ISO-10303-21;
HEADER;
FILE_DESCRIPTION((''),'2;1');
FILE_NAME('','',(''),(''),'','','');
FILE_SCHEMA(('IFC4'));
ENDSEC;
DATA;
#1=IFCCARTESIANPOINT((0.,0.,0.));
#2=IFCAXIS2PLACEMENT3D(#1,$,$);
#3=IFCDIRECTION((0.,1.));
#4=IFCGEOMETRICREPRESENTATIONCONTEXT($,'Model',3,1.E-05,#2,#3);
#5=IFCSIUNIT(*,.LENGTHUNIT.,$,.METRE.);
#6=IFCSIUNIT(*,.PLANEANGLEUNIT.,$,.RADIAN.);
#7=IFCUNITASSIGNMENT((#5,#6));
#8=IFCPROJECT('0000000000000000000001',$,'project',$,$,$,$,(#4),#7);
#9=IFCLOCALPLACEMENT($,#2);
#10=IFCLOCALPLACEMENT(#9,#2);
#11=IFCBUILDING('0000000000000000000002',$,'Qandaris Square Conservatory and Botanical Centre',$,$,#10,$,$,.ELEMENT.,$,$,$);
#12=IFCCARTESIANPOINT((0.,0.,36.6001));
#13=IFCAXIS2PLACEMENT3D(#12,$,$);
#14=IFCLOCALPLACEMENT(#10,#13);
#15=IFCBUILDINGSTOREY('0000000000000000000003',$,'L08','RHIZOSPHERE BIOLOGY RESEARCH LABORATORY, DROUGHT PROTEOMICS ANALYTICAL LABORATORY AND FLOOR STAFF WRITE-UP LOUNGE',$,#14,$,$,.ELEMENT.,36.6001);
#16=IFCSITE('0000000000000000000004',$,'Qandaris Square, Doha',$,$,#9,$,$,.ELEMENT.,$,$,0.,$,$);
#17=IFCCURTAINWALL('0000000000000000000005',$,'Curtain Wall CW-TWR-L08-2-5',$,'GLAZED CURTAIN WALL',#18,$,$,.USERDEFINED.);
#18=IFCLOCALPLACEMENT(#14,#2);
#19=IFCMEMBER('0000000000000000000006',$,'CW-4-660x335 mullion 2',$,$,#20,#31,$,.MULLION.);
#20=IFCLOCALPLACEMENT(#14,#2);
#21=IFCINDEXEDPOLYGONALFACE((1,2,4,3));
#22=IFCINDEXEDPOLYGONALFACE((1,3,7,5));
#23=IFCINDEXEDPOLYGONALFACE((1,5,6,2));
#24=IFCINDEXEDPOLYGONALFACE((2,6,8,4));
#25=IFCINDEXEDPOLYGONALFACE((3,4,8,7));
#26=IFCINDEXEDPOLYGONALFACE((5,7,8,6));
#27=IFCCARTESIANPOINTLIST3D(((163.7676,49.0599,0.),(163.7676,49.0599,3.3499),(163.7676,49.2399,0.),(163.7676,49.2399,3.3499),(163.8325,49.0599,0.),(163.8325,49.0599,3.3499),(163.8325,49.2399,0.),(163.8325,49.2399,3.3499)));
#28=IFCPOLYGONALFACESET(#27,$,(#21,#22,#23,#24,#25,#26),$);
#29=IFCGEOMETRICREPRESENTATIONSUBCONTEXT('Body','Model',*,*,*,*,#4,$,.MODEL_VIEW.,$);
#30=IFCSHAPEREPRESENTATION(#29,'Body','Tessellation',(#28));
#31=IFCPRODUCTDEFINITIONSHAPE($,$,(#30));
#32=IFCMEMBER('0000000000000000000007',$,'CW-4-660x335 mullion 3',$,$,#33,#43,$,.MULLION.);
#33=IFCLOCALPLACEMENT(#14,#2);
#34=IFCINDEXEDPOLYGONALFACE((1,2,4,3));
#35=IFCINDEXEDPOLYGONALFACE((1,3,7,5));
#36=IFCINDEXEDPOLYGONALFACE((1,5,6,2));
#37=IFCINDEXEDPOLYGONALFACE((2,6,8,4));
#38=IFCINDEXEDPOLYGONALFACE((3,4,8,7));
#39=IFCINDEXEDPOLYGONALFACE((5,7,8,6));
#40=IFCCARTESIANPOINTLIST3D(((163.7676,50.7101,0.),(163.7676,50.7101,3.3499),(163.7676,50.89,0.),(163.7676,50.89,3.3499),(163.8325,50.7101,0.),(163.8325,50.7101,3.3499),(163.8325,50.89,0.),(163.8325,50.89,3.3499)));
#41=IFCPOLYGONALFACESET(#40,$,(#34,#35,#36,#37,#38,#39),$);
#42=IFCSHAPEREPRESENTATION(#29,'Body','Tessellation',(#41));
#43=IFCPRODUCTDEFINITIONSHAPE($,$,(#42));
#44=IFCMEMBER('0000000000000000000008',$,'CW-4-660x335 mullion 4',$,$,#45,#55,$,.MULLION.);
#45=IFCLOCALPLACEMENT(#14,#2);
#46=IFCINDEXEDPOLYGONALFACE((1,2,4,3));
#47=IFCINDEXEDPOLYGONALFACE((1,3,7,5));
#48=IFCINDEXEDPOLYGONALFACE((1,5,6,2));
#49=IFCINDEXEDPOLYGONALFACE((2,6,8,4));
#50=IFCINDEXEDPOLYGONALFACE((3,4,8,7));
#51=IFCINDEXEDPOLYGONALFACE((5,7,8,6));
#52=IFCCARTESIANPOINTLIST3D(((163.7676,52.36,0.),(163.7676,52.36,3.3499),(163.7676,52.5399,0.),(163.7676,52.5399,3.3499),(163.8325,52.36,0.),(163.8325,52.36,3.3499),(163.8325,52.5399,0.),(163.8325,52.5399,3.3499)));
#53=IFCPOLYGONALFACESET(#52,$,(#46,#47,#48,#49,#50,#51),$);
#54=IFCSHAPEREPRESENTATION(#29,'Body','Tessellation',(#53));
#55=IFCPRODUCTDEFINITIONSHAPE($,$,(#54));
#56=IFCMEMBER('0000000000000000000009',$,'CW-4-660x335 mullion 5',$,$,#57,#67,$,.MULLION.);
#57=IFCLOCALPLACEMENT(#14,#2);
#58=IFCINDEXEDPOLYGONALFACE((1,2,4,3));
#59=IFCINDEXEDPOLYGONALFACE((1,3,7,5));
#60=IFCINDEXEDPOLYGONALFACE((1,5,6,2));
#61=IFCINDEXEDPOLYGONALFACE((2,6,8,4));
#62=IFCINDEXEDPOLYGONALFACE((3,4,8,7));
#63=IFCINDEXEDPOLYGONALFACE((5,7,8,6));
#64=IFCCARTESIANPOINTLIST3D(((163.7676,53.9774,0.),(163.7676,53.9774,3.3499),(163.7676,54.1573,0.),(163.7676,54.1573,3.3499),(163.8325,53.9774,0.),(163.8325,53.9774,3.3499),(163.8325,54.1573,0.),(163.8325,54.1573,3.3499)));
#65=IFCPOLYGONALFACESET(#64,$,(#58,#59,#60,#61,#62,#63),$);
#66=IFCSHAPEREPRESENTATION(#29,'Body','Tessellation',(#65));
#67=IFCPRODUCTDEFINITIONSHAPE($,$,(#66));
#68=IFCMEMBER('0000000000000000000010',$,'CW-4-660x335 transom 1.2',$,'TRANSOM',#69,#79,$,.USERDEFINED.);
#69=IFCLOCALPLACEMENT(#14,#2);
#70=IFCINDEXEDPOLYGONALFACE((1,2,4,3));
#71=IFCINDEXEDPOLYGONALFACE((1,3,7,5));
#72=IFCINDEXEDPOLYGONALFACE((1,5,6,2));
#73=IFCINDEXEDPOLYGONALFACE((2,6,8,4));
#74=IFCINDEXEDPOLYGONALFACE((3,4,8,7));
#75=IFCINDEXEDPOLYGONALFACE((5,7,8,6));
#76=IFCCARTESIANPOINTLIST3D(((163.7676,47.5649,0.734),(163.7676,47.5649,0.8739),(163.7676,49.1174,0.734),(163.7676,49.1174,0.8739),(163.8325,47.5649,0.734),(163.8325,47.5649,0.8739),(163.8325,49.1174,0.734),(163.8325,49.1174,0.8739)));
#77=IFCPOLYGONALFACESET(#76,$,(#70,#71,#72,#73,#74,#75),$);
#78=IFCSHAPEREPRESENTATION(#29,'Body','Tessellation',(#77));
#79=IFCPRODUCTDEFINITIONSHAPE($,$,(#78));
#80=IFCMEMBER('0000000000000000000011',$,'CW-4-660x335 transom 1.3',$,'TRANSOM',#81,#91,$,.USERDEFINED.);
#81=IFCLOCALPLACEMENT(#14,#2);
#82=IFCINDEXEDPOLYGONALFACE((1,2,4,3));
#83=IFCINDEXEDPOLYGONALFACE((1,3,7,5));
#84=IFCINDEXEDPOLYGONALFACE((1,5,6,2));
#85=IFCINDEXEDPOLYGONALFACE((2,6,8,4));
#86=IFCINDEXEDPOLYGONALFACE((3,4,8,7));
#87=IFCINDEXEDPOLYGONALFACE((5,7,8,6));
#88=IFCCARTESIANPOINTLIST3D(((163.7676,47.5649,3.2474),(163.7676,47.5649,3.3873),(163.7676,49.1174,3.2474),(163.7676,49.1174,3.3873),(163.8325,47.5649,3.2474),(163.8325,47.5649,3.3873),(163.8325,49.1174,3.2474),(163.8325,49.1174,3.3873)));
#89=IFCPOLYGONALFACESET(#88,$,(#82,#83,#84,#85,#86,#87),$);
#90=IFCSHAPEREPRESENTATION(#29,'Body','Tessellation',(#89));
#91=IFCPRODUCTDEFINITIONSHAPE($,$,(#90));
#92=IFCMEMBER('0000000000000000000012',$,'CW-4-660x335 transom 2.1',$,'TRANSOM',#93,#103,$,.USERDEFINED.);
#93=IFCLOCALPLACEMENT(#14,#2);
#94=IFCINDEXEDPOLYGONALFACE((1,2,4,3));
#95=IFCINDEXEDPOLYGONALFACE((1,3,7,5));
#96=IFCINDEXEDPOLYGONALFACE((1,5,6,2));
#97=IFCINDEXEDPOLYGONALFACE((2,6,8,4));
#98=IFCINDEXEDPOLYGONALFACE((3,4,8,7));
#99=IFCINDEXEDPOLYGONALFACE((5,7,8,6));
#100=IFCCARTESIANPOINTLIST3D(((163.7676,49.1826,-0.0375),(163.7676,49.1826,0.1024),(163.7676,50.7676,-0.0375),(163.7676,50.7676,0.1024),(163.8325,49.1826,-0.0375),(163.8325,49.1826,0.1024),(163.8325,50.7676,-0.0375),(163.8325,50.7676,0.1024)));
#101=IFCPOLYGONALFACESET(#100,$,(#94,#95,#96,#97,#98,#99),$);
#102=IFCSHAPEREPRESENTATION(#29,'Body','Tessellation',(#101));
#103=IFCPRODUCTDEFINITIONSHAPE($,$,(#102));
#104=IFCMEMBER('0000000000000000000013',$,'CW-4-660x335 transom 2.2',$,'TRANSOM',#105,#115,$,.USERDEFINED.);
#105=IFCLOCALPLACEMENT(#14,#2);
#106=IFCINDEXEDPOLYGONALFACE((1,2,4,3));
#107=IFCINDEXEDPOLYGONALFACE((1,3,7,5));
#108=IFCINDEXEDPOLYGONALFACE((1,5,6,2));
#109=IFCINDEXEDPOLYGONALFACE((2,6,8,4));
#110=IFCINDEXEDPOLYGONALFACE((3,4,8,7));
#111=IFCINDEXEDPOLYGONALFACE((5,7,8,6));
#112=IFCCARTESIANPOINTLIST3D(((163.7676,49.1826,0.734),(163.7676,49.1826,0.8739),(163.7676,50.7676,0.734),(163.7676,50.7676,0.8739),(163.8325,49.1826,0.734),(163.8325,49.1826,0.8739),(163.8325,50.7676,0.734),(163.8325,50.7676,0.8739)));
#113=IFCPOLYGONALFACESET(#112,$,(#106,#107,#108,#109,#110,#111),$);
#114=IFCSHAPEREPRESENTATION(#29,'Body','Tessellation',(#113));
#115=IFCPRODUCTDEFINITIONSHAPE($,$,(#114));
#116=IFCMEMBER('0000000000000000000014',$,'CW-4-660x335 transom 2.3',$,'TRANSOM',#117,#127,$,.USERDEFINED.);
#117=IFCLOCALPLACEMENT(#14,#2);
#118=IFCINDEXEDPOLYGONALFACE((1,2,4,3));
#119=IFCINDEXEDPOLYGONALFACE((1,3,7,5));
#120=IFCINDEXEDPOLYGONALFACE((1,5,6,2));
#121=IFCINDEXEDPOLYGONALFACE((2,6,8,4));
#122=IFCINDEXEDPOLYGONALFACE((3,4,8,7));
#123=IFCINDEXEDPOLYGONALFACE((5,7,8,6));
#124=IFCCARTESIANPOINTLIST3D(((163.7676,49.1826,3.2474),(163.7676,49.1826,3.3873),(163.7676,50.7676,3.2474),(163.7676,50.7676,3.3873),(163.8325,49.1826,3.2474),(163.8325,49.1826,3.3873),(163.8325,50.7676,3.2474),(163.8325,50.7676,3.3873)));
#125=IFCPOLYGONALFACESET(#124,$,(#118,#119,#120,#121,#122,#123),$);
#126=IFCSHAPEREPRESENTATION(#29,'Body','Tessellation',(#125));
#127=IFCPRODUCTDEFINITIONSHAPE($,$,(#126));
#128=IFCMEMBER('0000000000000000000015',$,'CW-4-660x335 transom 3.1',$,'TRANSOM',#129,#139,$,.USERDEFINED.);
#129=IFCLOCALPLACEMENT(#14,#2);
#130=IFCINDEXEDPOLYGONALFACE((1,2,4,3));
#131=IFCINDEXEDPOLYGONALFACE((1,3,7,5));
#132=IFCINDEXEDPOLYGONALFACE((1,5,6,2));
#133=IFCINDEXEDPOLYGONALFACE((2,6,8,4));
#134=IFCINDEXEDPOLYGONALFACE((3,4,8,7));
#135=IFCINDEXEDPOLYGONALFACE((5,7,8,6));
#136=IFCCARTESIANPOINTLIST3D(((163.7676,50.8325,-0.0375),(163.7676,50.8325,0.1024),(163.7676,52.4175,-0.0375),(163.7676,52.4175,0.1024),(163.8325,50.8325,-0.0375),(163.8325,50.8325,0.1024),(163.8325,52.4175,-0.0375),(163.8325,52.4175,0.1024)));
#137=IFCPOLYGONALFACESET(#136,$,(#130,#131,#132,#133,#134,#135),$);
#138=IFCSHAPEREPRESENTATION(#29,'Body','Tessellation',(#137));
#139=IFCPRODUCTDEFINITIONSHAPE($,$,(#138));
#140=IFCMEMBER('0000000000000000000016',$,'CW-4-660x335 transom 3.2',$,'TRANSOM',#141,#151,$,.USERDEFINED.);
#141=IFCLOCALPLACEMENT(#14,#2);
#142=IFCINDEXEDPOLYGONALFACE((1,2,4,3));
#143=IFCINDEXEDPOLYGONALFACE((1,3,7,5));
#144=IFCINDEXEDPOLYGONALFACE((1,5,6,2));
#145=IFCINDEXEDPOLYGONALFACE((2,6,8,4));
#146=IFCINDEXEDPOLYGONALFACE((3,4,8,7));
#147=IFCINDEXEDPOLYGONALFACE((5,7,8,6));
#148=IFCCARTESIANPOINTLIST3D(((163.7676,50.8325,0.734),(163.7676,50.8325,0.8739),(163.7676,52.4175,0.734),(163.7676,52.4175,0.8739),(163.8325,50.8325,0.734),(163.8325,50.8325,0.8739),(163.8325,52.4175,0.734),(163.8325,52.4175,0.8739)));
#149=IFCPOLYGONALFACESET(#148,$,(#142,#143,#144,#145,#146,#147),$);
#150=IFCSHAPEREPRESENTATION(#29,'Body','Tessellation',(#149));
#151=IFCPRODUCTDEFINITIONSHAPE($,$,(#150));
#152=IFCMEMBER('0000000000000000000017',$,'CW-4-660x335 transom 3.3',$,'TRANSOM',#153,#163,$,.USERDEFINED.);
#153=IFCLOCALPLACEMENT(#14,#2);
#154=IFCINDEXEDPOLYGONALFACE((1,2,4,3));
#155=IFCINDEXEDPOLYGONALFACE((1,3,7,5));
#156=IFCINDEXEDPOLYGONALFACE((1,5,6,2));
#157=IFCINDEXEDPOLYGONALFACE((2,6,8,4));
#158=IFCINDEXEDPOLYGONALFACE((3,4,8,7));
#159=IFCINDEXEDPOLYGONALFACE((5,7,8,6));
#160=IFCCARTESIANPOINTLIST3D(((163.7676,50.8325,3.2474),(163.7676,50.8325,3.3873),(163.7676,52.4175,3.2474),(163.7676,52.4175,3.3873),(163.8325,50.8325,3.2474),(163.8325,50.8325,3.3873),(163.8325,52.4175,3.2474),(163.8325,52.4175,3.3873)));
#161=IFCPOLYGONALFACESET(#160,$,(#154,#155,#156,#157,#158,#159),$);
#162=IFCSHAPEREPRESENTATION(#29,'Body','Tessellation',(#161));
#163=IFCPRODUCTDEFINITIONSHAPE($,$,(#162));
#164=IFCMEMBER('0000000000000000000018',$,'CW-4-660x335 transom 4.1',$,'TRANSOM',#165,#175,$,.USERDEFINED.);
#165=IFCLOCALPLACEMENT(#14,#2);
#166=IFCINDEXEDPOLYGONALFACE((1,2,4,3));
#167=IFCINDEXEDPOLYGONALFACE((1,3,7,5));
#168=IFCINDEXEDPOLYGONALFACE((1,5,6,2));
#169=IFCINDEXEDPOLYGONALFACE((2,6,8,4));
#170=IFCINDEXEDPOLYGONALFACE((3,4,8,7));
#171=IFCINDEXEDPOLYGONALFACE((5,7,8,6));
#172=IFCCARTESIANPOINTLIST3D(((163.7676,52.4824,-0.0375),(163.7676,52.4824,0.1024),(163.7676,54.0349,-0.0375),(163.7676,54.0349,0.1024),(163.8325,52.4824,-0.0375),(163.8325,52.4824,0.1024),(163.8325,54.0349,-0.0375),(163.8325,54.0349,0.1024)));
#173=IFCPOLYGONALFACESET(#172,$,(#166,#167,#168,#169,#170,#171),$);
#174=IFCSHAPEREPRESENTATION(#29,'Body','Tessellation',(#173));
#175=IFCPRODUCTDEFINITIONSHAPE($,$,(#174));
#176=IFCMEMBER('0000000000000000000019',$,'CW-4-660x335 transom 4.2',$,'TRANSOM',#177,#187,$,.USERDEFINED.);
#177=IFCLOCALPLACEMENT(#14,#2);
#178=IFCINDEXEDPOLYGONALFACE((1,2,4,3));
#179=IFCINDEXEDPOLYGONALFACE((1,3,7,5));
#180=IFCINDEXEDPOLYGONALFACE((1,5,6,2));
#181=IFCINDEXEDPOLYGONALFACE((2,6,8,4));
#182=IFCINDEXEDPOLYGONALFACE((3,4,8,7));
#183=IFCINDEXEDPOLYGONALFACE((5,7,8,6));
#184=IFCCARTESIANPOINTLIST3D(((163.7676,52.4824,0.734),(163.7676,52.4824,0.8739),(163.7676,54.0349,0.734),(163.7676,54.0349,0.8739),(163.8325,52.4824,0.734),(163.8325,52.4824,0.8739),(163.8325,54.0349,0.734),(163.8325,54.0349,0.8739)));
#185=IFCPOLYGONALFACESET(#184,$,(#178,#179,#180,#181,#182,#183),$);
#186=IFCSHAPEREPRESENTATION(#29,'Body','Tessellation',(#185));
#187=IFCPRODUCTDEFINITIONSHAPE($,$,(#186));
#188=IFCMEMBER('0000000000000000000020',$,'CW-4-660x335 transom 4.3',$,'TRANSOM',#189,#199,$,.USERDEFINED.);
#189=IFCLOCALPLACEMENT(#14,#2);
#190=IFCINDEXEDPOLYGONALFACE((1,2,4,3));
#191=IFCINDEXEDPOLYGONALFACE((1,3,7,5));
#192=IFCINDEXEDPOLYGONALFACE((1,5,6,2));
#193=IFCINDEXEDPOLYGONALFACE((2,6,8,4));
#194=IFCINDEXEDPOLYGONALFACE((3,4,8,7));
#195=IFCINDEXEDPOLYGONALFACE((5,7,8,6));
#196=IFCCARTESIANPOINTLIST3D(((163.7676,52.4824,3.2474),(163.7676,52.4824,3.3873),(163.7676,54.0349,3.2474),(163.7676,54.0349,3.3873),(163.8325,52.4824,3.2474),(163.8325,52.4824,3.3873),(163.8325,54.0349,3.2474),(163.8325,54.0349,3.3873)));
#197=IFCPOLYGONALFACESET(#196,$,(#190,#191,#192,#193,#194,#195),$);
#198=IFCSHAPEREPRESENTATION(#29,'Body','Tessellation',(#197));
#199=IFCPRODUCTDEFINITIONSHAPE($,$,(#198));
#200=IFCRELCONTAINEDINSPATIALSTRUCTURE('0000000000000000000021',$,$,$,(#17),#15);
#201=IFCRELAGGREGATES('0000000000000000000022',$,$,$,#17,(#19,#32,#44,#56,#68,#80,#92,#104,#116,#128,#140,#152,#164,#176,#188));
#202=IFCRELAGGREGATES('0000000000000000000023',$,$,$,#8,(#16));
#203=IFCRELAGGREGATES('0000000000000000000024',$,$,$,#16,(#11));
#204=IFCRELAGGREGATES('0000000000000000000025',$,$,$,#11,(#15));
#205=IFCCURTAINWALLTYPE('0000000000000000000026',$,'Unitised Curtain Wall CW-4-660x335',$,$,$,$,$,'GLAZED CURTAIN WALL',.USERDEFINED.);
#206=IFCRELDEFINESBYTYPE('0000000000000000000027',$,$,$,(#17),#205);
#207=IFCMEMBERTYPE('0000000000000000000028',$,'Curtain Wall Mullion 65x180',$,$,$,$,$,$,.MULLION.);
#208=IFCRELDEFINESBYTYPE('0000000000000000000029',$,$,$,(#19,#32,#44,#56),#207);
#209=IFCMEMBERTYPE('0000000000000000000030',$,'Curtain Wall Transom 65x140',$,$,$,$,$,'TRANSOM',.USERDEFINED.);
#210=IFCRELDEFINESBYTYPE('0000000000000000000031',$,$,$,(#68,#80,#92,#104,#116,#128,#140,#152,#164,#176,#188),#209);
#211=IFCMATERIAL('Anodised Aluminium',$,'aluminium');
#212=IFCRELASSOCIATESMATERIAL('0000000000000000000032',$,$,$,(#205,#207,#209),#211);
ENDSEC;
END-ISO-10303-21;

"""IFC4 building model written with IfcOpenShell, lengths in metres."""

from ifc_helpers import new_model, si_unit, direction, frame, origin, origin_2d, place, context, subcontext, project, spatial, rectangle, extrude, material, material_profile, profile_set, type_object, element, aggregate, save


model = new_model("IFC4")

# Units and contexts
model_context = context("Model", 3, precision=1e-05, world=origin(), true_north=direction((0.0, 1.0)))
body_context = subcontext(model_context, "Body", "Model", "MODEL_VIEW")
ifc_project = project(units=[si_unit("LENGTHUNIT", "METRE"), si_unit("PLANEANGLEUNIT", "RADIAN")], contexts=[model_context])

# Site, building, storey
site_placement = place(None, origin())
site = spatial("IfcSite", under=ifc_project, at=site_placement, Name="Qandaris Square, Doha", CompositionType="ELEMENT", RefElevation=0.0)
building_placement = place(site_placement, origin())
building = spatial("IfcBuilding", under=site, at=building_placement, Name="Qandaris Square Conservatory and Botanical Centre", CompositionType="ELEMENT")
storey_placement = place(building_placement, frame((0.0, 0.0, 36.6001)))
storey = spatial("IfcBuildingStorey", under=building, at=storey_placement, Name="L08", Description="RHIZOSPHERE BIOLOGY RESEARCH LABORATORY, DROUGHT PROTEOMICS ANALYTICAL LABORATORY AND FLOOR STAFF WRITE-UP LOUNGE", CompositionType="ELEMENT", Elevation=36.6001)

# Curtain wall, members
ifc_material_1 = material(Name="Anodised Aluminium", Category="aluminium")
curtain_wall_type = type_object("IfcCurtainWallType", Name="Unitised Curtain Wall CW-4-660x335", ElementType="GLAZED CURTAIN WALL", PredefinedType="USERDEFINED", material=ifc_material_1)
curtain_wall_placement = place(storey_placement, origin())
curtain_wall = element("IfcCurtainWall", 1, at=curtain_wall_placement, inside=storey, type_object=curtain_wall_type, Name="Curtain Wall CW-TWR-L08-2-5", ObjectType="GLAZED CURTAIN WALL", PredefinedType="USERDEFINED")
ifc_material_profile_1 = material_profile(ifc_material_1, rectangle(XDim=0.0649, YDim=0.1799, at=origin_2d()), Name="ALU-MUL 65x180")
ifc_profile_set_1 = profile_set([ifc_material_profile_1], Name="Anodised Aluminium")
member_type_1 = type_object("IfcMemberType", Name="Curtain Wall Mullion 65x180", PredefinedType="MULLION", material=ifc_profile_set_1)
member_1_placement = place(storey_placement, frame((163.8, 49.1499, 0.0), z_axis=(0.0, 0.0, 1.0), x_axis=(-1.0, 0.0, 0.0)))
member_1 = element("IfcMember", 2, at=member_1_placement, type_object=member_type_1, Name="CW-4-660x335 mullion 2", PredefinedType="MULLION", context=body_context, shape_type="SweptSolid", body=[
    extrude(rectangle(XDim=0.0649, YDim=0.1799, at=origin_2d()), origin(), (0.0, 0.0, 1.0), 3.3499),
])
member_2_placement = place(storey_placement, frame((163.8, 50.8, 0.0), z_axis=(0.0, 0.0, 1.0), x_axis=(-1.0, 0.0, 0.0)))
member_2 = element("IfcMember", 3, at=member_2_placement, type_object=member_type_1, Name="CW-4-660x335 mullion 3", PredefinedType="MULLION", context=body_context, shape_type="SweptSolid", body=[
    extrude(rectangle(XDim=0.0649, YDim=0.1799, at=origin_2d()), origin(), (0.0, 0.0, 1.0), 3.3499),
])
member_3_placement = place(storey_placement, frame((163.8, 52.45, 0.0), z_axis=(0.0, 0.0, 1.0), x_axis=(-1.0, 0.0, 0.0)))
member_3 = element("IfcMember", 4, at=member_3_placement, type_object=member_type_1, Name="CW-4-660x335 mullion 4", PredefinedType="MULLION", context=body_context, shape_type="SweptSolid", body=[
    extrude(rectangle(XDim=0.0649, YDim=0.1799, at=origin_2d()), origin(), (0.0, 0.0, 1.0), 3.3499),
])
member_4_placement = place(storey_placement, frame((163.8, 54.0674, 0.0), z_axis=(0.0, 0.0, 1.0), x_axis=(-1.0, 0.0, 0.0)))
member_4 = element("IfcMember", 5, at=member_4_placement, type_object=member_type_1, Name="CW-4-660x335 mullion 5", PredefinedType="MULLION", context=body_context, shape_type="SweptSolid", body=[
    extrude(rectangle(XDim=0.0649, YDim=0.1799, at=origin_2d()), origin(), (0.0, 0.0, 1.0), 3.3499),
])
ifc_material_profile_2 = material_profile(ifc_material_1, rectangle(XDim=0.0649, YDim=0.1399, at=origin_2d()), Name="ALU-TRN 65x140")
ifc_profile_set_2 = profile_set([ifc_material_profile_2], Name="Anodised Aluminium")
member_type_2 = type_object("IfcMemberType", Name="Curtain Wall Transom 65x140", ElementType="TRANSOM", PredefinedType="USERDEFINED", material=ifc_profile_set_2)
member_5_placement = place(storey_placement, frame((163.8, 47.5649, 0.804), z_axis=(0.0, 1.0, 0.0), x_axis=(-1.0, 0.0, 0.0)))
member_5 = element("IfcMember", 6, at=member_5_placement, type_object=member_type_2, Name="CW-4-660x335 transom 1.2", ObjectType="TRANSOM", PredefinedType="USERDEFINED", context=body_context, shape_type="SweptSolid", body=[
    extrude(rectangle(XDim=0.0649, YDim=0.1399, at=origin_2d()), origin(), (0.0, 0.0, 1.0), 1.5525),
])
member_6_placement = place(storey_placement, frame((163.8, 47.5649, 3.3174), z_axis=(0.0, 1.0, 0.0), x_axis=(-1.0, 0.0, 0.0)))
member_6 = element("IfcMember", 7, at=member_6_placement, type_object=member_type_2, Name="CW-4-660x335 transom 1.3", ObjectType="TRANSOM", PredefinedType="USERDEFINED", context=body_context, shape_type="SweptSolid", body=[
    extrude(rectangle(XDim=0.0649, YDim=0.1399, at=origin_2d()), origin(), (0.0, 0.0, 1.0), 1.5525),
])
member_7_placement = place(storey_placement, frame((163.8, 49.1826, 0.0325), z_axis=(0.0, 1.0, 0.0), x_axis=(-1.0, 0.0, 0.0)))
member_7 = element("IfcMember", 8, at=member_7_placement, type_object=member_type_2, Name="CW-4-660x335 transom 2.1", ObjectType="TRANSOM", PredefinedType="USERDEFINED", context=body_context, shape_type="SweptSolid", body=[
    extrude(rectangle(XDim=0.0649, YDim=0.1399, at=origin_2d()), origin(), (0.0, 0.0, 1.0), 1.585),
])
member_8_placement = place(storey_placement, frame((163.8, 49.1826, 0.804), z_axis=(0.0, 1.0, 0.0), x_axis=(-1.0, 0.0, 0.0)))
member_8 = element("IfcMember", 9, at=member_8_placement, type_object=member_type_2, Name="CW-4-660x335 transom 2.2", ObjectType="TRANSOM", PredefinedType="USERDEFINED", context=body_context, shape_type="SweptSolid", body=[
    extrude(rectangle(XDim=0.0649, YDim=0.1399, at=origin_2d()), origin(), (0.0, 0.0, 1.0), 1.585),
])
member_9_placement = place(storey_placement, frame((163.8, 49.1826, 3.3174), z_axis=(0.0, 1.0, 0.0), x_axis=(-1.0, 0.0, 0.0)))
member_9 = element("IfcMember", 10, at=member_9_placement, type_object=member_type_2, Name="CW-4-660x335 transom 2.3", ObjectType="TRANSOM", PredefinedType="USERDEFINED", context=body_context, shape_type="SweptSolid", body=[
    extrude(rectangle(XDim=0.0649, YDim=0.1399, at=origin_2d()), origin(), (0.0, 0.0, 1.0), 1.585),
])
member_10_placement = place(storey_placement, frame((163.8, 50.8325, 0.0325), z_axis=(0.0, 1.0, 0.0), x_axis=(-1.0, 0.0, 0.0)))
member_10 = element("IfcMember", 11, at=member_10_placement, type_object=member_type_2, Name="CW-4-660x335 transom 3.1", ObjectType="TRANSOM", PredefinedType="USERDEFINED", context=body_context, shape_type="SweptSolid", body=[
    extrude(rectangle(XDim=0.0649, YDim=0.1399, at=origin_2d()), origin(), (0.0, 0.0, 1.0), 1.585),
])
member_11_placement = place(storey_placement, frame((163.8, 50.8325, 0.804), z_axis=(0.0, 1.0, 0.0), x_axis=(-1.0, 0.0, 0.0)))
member_11 = element("IfcMember", 12, at=member_11_placement, type_object=member_type_2, Name="CW-4-660x335 transom 3.2", ObjectType="TRANSOM", PredefinedType="USERDEFINED", context=body_context, shape_type="SweptSolid", body=[
    extrude(rectangle(XDim=0.0649, YDim=0.1399, at=origin_2d()), origin(), (0.0, 0.0, 1.0), 1.585),
])
member_12_placement = place(storey_placement, frame((163.8, 50.8325, 3.3174), z_axis=(0.0, 1.0, 0.0), x_axis=(-1.0, 0.0, 0.0)))
member_12 = element("IfcMember", 13, at=member_12_placement, type_object=member_type_2, Name="CW-4-660x335 transom 3.3", ObjectType="TRANSOM", PredefinedType="USERDEFINED", context=body_context, shape_type="SweptSolid", body=[
    extrude(rectangle(XDim=0.0649, YDim=0.1399, at=origin_2d()), origin(), (0.0, 0.0, 1.0), 1.585),
])
member_13_placement = place(storey_placement, frame((163.8, 52.4824, 0.0325), z_axis=(0.0, 1.0, 0.0), x_axis=(-1.0, 0.0, 0.0)))
member_13 = element("IfcMember", 14, at=member_13_placement, type_object=member_type_2, Name="CW-4-660x335 transom 4.1", ObjectType="TRANSOM", PredefinedType="USERDEFINED", context=body_context, shape_type="SweptSolid", body=[
    extrude(rectangle(XDim=0.0649, YDim=0.1399, at=origin_2d()), origin(), (0.0, 0.0, 1.0), 1.5525),
])
member_14_placement = place(storey_placement, frame((163.8, 52.4824, 0.804), z_axis=(0.0, 1.0, 0.0), x_axis=(-1.0, 0.0, 0.0)))
member_14 = element("IfcMember", 15, at=member_14_placement, type_object=member_type_2, Name="CW-4-660x335 transom 4.2", ObjectType="TRANSOM", PredefinedType="USERDEFINED", context=body_context, shape_type="SweptSolid", body=[
    extrude(rectangle(XDim=0.0649, YDim=0.1399, at=origin_2d()), origin(), (0.0, 0.0, 1.0), 1.5525),
])
member_15_placement = place(storey_placement, frame((163.8, 52.4824, 3.3174), z_axis=(0.0, 1.0, 0.0), x_axis=(-1.0, 0.0, 0.0)))
member_15 = element("IfcMember", 16, at=member_15_placement, type_object=member_type_2, Name="CW-4-660x335 transom 4.3", ObjectType="TRANSOM", PredefinedType="USERDEFINED", context=body_context, shape_type="SweptSolid", body=[
    extrude(rectangle(XDim=0.0649, YDim=0.1399, at=origin_2d()), origin(), (0.0, 0.0, 1.0), 1.5525),
])
aggregate(curtain_wall, [member_1, member_2, member_3, member_4, member_5, member_6, member_7, member_8, member_9, member_10, member_11, member_12, member_13, member_14, member_15])

save(model, "model.ifc")
